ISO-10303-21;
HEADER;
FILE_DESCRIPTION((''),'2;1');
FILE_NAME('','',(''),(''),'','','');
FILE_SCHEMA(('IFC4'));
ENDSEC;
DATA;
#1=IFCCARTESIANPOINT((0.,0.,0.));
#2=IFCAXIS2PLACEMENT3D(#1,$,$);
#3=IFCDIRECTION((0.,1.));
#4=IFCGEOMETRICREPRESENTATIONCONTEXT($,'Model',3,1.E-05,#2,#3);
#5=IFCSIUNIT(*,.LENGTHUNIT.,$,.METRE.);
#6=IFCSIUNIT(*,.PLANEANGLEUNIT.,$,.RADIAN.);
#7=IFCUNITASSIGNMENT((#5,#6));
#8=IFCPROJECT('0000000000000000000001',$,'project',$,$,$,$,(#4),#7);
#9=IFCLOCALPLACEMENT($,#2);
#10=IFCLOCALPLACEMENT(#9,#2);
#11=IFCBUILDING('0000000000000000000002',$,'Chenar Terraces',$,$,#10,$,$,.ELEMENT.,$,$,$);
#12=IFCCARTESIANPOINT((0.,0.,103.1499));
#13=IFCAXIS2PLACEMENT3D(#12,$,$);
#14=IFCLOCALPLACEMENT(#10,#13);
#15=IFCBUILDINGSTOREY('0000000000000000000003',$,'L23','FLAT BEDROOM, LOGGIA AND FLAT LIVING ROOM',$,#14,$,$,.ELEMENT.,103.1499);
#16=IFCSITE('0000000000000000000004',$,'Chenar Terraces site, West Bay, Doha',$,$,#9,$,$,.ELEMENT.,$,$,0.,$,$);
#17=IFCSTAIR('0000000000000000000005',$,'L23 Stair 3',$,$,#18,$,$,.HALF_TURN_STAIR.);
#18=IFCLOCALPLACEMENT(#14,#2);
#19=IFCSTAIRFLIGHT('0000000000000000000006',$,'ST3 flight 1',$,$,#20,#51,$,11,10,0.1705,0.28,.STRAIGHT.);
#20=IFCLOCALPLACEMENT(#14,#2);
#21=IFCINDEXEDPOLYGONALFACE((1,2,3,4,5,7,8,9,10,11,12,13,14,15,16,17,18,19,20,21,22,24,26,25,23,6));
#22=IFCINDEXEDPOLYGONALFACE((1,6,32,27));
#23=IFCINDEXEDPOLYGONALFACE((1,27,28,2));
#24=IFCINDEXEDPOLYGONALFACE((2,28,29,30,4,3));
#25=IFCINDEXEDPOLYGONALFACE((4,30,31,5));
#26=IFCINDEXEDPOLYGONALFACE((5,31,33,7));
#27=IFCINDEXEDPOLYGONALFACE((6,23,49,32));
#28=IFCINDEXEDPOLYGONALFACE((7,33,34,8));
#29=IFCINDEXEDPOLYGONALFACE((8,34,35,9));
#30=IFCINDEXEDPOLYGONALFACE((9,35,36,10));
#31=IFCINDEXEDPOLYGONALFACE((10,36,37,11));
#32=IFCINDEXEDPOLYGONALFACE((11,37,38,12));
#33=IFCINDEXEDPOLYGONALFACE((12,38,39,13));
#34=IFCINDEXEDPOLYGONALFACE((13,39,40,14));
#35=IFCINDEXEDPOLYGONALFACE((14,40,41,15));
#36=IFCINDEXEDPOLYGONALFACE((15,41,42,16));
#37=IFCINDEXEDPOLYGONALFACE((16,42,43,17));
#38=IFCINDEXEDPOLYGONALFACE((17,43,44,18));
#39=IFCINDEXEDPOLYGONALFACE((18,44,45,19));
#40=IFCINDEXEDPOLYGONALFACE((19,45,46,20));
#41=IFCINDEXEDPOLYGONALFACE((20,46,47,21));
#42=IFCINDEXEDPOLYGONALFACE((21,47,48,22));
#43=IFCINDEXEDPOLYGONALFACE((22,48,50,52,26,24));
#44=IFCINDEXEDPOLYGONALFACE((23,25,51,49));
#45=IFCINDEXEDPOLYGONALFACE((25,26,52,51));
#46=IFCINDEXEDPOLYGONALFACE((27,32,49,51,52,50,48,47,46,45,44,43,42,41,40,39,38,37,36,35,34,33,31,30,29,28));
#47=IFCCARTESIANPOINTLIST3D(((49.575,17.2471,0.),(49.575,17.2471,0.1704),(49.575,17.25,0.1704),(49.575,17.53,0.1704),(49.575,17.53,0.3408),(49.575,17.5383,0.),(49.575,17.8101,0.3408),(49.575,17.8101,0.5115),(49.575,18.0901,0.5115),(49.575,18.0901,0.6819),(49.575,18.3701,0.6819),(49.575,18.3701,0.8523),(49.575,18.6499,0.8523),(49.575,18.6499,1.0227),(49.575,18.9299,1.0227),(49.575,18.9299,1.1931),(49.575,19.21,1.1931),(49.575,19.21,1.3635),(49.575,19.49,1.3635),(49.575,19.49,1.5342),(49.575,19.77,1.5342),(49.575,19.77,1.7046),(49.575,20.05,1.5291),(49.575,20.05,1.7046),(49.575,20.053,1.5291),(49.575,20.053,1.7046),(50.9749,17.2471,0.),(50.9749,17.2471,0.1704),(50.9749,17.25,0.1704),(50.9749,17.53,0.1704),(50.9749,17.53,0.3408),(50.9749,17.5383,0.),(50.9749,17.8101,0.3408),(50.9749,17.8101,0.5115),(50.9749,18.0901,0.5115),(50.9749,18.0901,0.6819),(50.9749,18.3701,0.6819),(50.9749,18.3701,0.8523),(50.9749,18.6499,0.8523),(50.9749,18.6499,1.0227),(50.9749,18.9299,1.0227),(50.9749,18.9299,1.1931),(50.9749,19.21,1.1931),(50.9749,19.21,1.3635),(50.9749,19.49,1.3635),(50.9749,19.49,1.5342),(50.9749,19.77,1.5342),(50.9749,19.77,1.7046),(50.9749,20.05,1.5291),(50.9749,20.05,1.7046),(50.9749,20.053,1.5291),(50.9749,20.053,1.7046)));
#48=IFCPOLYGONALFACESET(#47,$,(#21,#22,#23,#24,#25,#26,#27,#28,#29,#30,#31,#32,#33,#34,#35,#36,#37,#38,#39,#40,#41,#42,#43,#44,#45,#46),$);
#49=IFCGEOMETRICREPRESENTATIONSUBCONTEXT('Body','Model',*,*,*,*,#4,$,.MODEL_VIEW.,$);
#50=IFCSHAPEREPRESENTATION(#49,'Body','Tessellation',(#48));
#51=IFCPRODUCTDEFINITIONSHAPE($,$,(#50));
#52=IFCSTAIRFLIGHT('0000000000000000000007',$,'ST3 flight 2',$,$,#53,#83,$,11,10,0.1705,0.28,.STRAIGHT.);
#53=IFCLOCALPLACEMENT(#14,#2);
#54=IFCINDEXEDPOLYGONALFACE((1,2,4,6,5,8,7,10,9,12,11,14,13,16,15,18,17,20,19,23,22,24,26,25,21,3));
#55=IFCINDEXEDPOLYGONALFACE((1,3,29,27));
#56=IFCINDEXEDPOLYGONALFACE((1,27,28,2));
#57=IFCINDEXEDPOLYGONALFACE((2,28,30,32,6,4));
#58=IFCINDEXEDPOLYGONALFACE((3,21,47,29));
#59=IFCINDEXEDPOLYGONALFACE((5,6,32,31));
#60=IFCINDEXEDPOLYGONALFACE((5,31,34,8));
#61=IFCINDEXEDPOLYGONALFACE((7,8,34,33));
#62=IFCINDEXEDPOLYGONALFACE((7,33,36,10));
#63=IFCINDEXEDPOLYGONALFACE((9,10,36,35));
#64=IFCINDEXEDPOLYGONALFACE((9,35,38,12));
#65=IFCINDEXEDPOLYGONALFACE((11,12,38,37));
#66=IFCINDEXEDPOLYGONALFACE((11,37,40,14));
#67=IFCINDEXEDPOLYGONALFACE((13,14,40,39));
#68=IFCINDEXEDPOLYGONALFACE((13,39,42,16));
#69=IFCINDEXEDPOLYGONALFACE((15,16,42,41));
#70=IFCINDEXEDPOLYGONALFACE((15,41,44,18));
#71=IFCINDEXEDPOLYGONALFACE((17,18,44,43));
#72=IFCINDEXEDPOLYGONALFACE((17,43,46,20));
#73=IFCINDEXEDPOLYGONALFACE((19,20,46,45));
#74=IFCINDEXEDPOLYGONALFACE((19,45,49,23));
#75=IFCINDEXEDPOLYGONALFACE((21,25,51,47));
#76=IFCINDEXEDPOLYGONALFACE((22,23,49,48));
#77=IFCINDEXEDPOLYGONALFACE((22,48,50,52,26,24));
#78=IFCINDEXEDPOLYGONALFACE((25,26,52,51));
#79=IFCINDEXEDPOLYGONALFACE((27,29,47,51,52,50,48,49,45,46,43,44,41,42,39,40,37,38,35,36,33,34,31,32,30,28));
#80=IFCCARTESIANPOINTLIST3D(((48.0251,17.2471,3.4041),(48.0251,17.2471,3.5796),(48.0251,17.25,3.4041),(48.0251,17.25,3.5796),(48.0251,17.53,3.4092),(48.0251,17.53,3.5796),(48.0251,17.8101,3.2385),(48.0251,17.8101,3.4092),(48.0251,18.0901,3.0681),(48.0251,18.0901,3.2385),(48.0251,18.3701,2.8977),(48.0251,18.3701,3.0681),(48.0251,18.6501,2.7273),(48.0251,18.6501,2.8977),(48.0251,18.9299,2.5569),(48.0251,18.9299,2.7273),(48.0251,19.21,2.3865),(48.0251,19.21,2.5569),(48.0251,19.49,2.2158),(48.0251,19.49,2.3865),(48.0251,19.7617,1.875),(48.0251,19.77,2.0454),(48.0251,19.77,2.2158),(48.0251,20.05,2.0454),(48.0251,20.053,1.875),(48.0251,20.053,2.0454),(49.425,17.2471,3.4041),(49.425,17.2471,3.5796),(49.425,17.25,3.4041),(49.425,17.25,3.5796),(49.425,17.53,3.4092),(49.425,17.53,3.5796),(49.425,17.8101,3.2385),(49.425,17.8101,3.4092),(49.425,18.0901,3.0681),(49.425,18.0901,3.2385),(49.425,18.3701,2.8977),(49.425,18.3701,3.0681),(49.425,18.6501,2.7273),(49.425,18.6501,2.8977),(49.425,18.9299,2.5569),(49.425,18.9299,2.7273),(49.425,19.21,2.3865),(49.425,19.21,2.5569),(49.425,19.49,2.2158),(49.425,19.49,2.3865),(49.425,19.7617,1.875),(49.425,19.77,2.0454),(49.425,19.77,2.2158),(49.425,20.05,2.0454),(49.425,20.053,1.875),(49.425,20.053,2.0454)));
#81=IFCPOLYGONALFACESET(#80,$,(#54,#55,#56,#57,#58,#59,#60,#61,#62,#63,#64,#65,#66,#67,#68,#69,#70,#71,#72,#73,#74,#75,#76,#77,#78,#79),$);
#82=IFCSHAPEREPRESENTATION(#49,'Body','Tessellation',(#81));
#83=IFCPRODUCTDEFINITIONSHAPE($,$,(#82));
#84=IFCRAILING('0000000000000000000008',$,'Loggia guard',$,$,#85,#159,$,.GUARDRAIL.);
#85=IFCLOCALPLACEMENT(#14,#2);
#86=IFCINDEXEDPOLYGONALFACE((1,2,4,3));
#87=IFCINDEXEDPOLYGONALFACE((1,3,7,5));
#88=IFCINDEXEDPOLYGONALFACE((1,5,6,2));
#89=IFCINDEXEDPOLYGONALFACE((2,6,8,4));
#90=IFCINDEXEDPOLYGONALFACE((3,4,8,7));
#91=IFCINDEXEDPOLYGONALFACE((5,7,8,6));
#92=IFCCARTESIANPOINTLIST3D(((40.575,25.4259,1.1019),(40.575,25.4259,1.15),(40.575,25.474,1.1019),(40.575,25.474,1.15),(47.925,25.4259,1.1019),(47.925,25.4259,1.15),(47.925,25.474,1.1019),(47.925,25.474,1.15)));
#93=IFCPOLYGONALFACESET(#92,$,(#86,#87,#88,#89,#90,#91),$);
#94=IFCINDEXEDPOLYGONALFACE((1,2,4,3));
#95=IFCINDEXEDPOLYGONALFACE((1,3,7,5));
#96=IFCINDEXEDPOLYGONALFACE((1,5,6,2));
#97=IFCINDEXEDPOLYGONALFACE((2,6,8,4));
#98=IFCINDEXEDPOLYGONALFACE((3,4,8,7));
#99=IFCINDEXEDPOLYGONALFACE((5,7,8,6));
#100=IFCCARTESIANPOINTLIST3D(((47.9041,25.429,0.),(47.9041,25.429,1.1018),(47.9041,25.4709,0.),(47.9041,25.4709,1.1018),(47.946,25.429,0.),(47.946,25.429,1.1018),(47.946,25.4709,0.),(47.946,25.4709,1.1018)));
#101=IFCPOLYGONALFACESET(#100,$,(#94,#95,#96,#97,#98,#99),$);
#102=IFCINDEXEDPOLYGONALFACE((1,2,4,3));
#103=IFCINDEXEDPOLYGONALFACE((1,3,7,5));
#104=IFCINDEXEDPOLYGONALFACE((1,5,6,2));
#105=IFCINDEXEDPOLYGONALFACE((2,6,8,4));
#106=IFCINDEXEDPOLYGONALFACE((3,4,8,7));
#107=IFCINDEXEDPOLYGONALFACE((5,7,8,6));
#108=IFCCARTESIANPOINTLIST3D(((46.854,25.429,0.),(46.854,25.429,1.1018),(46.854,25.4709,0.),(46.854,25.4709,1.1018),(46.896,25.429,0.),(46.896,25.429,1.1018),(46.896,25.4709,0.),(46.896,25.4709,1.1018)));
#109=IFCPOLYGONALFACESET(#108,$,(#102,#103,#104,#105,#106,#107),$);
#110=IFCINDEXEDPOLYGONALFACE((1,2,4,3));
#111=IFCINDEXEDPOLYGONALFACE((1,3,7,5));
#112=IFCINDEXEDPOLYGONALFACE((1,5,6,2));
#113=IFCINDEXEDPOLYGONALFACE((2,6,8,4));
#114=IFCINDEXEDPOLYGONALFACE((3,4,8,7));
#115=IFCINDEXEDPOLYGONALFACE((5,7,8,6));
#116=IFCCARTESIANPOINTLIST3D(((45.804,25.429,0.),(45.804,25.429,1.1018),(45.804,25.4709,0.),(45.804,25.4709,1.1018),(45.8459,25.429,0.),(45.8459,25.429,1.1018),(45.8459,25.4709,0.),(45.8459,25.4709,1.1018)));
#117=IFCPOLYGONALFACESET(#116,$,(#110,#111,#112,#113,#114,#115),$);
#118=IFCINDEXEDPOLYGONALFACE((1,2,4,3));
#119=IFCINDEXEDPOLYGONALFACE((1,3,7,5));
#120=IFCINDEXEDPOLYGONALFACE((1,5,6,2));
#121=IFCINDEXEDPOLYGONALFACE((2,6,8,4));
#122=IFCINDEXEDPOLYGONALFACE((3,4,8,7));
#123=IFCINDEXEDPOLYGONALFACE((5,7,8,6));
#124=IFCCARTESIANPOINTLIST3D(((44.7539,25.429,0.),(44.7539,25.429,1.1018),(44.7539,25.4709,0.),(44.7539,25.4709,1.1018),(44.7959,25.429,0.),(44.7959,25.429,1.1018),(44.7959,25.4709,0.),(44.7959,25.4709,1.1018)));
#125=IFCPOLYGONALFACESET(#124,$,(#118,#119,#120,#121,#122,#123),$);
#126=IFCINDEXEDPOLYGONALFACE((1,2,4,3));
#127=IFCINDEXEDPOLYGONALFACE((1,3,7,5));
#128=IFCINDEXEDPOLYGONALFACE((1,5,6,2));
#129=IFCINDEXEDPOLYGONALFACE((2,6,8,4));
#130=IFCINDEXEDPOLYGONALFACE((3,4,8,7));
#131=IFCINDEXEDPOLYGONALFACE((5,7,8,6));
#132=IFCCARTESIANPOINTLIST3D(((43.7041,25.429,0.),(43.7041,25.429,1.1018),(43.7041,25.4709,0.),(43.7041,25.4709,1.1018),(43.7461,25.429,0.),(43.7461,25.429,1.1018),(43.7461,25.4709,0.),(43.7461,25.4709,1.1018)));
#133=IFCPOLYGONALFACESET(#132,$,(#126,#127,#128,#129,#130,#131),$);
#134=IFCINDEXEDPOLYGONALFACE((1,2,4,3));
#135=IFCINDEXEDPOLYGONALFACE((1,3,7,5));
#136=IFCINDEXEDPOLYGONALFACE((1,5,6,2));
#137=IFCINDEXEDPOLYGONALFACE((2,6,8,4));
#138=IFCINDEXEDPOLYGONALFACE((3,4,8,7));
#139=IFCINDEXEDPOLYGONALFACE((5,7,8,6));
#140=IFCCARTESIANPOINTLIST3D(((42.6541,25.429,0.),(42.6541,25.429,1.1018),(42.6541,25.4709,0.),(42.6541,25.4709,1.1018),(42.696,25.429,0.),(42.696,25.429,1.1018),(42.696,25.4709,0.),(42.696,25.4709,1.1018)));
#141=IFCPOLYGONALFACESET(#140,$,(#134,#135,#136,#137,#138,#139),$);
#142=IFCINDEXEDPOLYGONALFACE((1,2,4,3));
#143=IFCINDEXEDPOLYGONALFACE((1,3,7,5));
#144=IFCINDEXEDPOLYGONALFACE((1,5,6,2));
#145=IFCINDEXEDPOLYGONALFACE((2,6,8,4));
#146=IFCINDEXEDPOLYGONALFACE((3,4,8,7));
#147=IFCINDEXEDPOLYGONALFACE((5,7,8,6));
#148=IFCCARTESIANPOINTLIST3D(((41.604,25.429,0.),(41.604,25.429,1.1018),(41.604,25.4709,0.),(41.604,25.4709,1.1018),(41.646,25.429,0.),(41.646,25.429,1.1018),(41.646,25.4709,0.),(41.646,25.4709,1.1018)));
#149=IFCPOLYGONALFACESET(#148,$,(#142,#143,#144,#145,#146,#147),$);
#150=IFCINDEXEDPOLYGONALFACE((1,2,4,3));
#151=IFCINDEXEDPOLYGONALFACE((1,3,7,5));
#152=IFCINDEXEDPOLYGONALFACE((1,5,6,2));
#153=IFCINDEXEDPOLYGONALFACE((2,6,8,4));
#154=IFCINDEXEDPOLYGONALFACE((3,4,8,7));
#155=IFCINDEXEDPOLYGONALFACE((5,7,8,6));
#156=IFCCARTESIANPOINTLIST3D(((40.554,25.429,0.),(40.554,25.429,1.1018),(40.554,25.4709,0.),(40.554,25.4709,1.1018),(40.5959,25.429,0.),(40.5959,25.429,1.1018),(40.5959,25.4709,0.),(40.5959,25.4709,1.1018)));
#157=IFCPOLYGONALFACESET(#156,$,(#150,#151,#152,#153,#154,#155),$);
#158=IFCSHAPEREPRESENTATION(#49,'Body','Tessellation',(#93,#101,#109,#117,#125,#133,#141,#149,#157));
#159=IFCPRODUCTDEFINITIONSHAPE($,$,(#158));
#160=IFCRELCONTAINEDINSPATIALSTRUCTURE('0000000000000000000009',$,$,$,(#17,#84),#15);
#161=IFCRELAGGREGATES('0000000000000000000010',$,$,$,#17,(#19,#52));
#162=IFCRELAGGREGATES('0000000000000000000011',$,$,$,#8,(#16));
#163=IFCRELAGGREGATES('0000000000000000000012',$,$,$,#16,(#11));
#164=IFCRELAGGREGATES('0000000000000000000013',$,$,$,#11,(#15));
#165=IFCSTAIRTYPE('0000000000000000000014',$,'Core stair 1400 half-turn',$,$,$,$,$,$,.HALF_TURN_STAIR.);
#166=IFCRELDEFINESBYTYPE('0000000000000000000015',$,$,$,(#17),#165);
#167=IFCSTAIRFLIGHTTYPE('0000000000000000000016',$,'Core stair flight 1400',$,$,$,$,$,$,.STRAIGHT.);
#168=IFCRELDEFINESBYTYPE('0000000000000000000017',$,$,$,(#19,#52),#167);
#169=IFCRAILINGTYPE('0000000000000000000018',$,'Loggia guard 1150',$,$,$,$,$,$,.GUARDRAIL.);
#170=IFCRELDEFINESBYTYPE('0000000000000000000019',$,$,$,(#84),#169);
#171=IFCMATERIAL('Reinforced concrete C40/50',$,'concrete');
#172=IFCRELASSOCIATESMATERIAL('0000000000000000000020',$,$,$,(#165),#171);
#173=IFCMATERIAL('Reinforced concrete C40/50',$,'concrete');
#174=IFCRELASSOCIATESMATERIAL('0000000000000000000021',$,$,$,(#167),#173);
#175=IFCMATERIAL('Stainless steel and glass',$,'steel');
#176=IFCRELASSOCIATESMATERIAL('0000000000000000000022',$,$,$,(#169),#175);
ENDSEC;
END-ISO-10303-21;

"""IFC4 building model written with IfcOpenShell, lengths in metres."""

from ifc_helpers import new_model, si_unit, direction, frame, origin, origin_2d, place, context, subcontext, project, spatial, polyline, rectangle, outline, extrude, material, type_object, element, aggregate, save


model = new_model("IFC4")

# Units and contexts
model_context = context("Model", 3, precision=1e-05, world=origin(), true_north=direction((0.0, 1.0)))
body_context = subcontext(model_context, "Body", "Model", "MODEL_VIEW")
ifc_project = project(units=[si_unit("LENGTHUNIT", "METRE"), si_unit("PLANEANGLEUNIT", "RADIAN")], contexts=[model_context])

# Site, building, storey
site_placement = place(None, origin())
site = spatial("IfcSite", under=ifc_project, at=site_placement, Name="Chenar Terraces site, West Bay, Doha", CompositionType="ELEMENT", RefElevation=0.0)
building_placement = place(site_placement, origin())
building = spatial("IfcBuilding", under=site, at=building_placement, Name="Chenar Terraces", CompositionType="ELEMENT")
storey_placement = place(building_placement, frame((0.0, 0.0, 103.1499)))
storey = spatial("IfcBuildingStorey", under=building, at=storey_placement, Name="L23", Description="FLAT BEDROOM, LOGGIA AND FLAT LIVING ROOM", CompositionType="ELEMENT", Elevation=103.1499)

# Stair, stair flights
ifc_material_1 = material(Name="Reinforced concrete C40/50", Category="concrete")
stair_type = type_object("IfcStairType", Name="Core stair 1400 half-turn", PredefinedType="HALF_TURN_STAIR", material=ifc_material_1)
stair_placement = place(storey_placement, origin())
stair = element("IfcStair", 1, at=stair_placement, inside=storey, type_object=stair_type, Name="L23 Stair 3", PredefinedType="HALF_TURN_STAIR")
ifc_material_2 = material(Name="Reinforced concrete C40/50", Category="concrete")
stair_flight_type = type_object("IfcStairFlightType", Name="Core stair flight 1400", PredefinedType="STRAIGHT", material=ifc_material_2)
stair_flight_1_placement = place(storey_placement, frame((50.2749, 17.25, 0.0), z_axis=(0.0, 0.0, 1.0), x_axis=(0.0, 1.0, 0.0)))
stair_flight_1 = element("IfcStairFlight", 2, at=stair_flight_1_placement, type_object=stair_flight_type, Name="ST3 flight 1", NumberOfRisers=11, NumberOfTreads=10, PredefinedType="STRAIGHT", RiserHeight=0.1705, TreadLength=0.28, context=body_context, shape_type="SweptSolid", body=[
    extrude(outline(polyline([(-0.0029, 0.0), (-0.0029, 0.1704), (0.0, 0.1704), (0.28, 0.1704), (0.28, 0.3408), (0.5601, 0.3408), (0.5601, 0.5115), (0.8401, 0.5115), (0.8401, 0.6819), (1.1201, 0.6819), (1.1201, 0.8523), (1.3999, 0.8523), (1.3999, 1.0227), (1.6799, 1.0227), (1.6799, 1.1931), (1.96, 1.1931), (1.96, 1.3635), (2.24, 1.3635), (2.24, 1.5342), (2.52, 1.5342), (2.52, 1.7046), (2.8, 1.7046), (2.803, 1.7046), (2.803, 1.5291), (2.8, 1.5291), (0.2883, 0.0), (-0.0029, 0.0)])), frame((0.0, 0.7, 0.0), z_axis=(0.0, -1.0, 0.0), x_axis=(1.0, 0.0, 0.0)), (0.0, 0.0, 1.0), 1.3999),
])
stair_flight_2_placement = place(storey_placement, frame((48.7251, 20.05, 1.875), z_axis=(0.0, 0.0, 1.0), x_axis=(0.0, -1.0, 0.0)))
stair_flight_2 = element("IfcStairFlight", 3, at=stair_flight_2_placement, type_object=stair_flight_type, Name="ST3 flight 2", NumberOfRisers=11, NumberOfTreads=10, PredefinedType="STRAIGHT", RiserHeight=0.1705, TreadLength=0.28, context=body_context, shape_type="SweptSolid", body=[
    extrude(outline(polyline([(-0.0029, 0.0), (-0.0029, 0.1704), (0.0, 0.1704), (0.28, 0.1704), (0.28, 0.3408), (0.5601, 0.3408), (0.5601, 0.5115), (0.8401, 0.5115), (0.8401, 0.6819), (1.1201, 0.6819), (1.1201, 0.8523), (1.3999, 0.8523), (1.3999, 1.0227), (1.6799, 1.0227), (1.6799, 1.1931), (1.96, 1.1931), (1.96, 1.3635), (2.24, 1.3635), (2.24, 1.5342), (2.52, 1.5342), (2.52, 1.7046), (2.8, 1.7046), (2.803, 1.7046), (2.803, 1.5291), (2.8, 1.5291), (0.2883, 0.0), (-0.0029, 0.0)])), frame((0.0, 0.7, 0.0), z_axis=(0.0, -1.0, 0.0), x_axis=(1.0, 0.0, 0.0)), (0.0, 0.0, 1.0), 1.3999),
])
aggregate(stair, [stair_flight_1, stair_flight_2])

# Railing
ifc_material_3 = material(Name="Stainless steel and glass", Category="steel")
railing_type_1 = type_object("IfcRailingType", Name="Loggia guard 1150", PredefinedType="GUARDRAIL", material=ifc_material_3)
railing_1_placement = place(storey_placement, frame((47.925, 25.45, 0.0)))
element("IfcRailing", 4, at=railing_1_placement, inside=storey, type_object=railing_type_1, Name="Loggia guard", PredefinedType="GUARDRAIL", context=body_context, shape_type="SweptSolid", body=[
    extrude(rectangle(XDim=0.0481, YDim=0.0481, at=origin_2d()), frame((0.0, 0.0, 1.126), z_axis=(-1.0, 0.0, 0.0), x_axis=(0.0, -1.0, 0.0)), (0.0, 0.0, 1.0), 7.3501),
    extrude(rectangle(XDim=0.042, YDim=0.042, at=origin_2d()), origin(), (0.0, 0.0, 1.0), 1.1018),
    extrude(rectangle(XDim=0.042, YDim=0.042, at=origin_2d()), frame((-1.05, 0.0, 0.0)), (0.0, 0.0, 1.0), 1.1018),
    extrude(rectangle(XDim=0.042, YDim=0.042, at=origin_2d()), frame((-2.1001, 0.0, 0.0)), (0.0, 0.0, 1.0), 1.1018),
    extrude(rectangle(XDim=0.042, YDim=0.042, at=origin_2d()), frame((-3.1501, 0.0, 0.0)), (0.0, 0.0, 1.0), 1.1018),
    extrude(rectangle(XDim=0.042, YDim=0.042, at=origin_2d()), frame((-4.2, 0.0, 0.0)), (0.0, 0.0, 1.0), 1.1018),
    extrude(rectangle(XDim=0.042, YDim=0.042, at=origin_2d()), frame((-5.25, 0.0, 0.0)), (0.0, 0.0, 1.0), 1.1018),
    extrude(rectangle(XDim=0.042, YDim=0.042, at=origin_2d()), frame((-6.3, 0.0, 0.0)), (0.0, 0.0, 1.0), 1.1018),
    extrude(rectangle(XDim=0.042, YDim=0.042, at=origin_2d()), frame((-7.3501, 0.0, 0.0)), (0.0, 0.0, 1.0), 1.1018),
])

save(model, "model.ifc")
